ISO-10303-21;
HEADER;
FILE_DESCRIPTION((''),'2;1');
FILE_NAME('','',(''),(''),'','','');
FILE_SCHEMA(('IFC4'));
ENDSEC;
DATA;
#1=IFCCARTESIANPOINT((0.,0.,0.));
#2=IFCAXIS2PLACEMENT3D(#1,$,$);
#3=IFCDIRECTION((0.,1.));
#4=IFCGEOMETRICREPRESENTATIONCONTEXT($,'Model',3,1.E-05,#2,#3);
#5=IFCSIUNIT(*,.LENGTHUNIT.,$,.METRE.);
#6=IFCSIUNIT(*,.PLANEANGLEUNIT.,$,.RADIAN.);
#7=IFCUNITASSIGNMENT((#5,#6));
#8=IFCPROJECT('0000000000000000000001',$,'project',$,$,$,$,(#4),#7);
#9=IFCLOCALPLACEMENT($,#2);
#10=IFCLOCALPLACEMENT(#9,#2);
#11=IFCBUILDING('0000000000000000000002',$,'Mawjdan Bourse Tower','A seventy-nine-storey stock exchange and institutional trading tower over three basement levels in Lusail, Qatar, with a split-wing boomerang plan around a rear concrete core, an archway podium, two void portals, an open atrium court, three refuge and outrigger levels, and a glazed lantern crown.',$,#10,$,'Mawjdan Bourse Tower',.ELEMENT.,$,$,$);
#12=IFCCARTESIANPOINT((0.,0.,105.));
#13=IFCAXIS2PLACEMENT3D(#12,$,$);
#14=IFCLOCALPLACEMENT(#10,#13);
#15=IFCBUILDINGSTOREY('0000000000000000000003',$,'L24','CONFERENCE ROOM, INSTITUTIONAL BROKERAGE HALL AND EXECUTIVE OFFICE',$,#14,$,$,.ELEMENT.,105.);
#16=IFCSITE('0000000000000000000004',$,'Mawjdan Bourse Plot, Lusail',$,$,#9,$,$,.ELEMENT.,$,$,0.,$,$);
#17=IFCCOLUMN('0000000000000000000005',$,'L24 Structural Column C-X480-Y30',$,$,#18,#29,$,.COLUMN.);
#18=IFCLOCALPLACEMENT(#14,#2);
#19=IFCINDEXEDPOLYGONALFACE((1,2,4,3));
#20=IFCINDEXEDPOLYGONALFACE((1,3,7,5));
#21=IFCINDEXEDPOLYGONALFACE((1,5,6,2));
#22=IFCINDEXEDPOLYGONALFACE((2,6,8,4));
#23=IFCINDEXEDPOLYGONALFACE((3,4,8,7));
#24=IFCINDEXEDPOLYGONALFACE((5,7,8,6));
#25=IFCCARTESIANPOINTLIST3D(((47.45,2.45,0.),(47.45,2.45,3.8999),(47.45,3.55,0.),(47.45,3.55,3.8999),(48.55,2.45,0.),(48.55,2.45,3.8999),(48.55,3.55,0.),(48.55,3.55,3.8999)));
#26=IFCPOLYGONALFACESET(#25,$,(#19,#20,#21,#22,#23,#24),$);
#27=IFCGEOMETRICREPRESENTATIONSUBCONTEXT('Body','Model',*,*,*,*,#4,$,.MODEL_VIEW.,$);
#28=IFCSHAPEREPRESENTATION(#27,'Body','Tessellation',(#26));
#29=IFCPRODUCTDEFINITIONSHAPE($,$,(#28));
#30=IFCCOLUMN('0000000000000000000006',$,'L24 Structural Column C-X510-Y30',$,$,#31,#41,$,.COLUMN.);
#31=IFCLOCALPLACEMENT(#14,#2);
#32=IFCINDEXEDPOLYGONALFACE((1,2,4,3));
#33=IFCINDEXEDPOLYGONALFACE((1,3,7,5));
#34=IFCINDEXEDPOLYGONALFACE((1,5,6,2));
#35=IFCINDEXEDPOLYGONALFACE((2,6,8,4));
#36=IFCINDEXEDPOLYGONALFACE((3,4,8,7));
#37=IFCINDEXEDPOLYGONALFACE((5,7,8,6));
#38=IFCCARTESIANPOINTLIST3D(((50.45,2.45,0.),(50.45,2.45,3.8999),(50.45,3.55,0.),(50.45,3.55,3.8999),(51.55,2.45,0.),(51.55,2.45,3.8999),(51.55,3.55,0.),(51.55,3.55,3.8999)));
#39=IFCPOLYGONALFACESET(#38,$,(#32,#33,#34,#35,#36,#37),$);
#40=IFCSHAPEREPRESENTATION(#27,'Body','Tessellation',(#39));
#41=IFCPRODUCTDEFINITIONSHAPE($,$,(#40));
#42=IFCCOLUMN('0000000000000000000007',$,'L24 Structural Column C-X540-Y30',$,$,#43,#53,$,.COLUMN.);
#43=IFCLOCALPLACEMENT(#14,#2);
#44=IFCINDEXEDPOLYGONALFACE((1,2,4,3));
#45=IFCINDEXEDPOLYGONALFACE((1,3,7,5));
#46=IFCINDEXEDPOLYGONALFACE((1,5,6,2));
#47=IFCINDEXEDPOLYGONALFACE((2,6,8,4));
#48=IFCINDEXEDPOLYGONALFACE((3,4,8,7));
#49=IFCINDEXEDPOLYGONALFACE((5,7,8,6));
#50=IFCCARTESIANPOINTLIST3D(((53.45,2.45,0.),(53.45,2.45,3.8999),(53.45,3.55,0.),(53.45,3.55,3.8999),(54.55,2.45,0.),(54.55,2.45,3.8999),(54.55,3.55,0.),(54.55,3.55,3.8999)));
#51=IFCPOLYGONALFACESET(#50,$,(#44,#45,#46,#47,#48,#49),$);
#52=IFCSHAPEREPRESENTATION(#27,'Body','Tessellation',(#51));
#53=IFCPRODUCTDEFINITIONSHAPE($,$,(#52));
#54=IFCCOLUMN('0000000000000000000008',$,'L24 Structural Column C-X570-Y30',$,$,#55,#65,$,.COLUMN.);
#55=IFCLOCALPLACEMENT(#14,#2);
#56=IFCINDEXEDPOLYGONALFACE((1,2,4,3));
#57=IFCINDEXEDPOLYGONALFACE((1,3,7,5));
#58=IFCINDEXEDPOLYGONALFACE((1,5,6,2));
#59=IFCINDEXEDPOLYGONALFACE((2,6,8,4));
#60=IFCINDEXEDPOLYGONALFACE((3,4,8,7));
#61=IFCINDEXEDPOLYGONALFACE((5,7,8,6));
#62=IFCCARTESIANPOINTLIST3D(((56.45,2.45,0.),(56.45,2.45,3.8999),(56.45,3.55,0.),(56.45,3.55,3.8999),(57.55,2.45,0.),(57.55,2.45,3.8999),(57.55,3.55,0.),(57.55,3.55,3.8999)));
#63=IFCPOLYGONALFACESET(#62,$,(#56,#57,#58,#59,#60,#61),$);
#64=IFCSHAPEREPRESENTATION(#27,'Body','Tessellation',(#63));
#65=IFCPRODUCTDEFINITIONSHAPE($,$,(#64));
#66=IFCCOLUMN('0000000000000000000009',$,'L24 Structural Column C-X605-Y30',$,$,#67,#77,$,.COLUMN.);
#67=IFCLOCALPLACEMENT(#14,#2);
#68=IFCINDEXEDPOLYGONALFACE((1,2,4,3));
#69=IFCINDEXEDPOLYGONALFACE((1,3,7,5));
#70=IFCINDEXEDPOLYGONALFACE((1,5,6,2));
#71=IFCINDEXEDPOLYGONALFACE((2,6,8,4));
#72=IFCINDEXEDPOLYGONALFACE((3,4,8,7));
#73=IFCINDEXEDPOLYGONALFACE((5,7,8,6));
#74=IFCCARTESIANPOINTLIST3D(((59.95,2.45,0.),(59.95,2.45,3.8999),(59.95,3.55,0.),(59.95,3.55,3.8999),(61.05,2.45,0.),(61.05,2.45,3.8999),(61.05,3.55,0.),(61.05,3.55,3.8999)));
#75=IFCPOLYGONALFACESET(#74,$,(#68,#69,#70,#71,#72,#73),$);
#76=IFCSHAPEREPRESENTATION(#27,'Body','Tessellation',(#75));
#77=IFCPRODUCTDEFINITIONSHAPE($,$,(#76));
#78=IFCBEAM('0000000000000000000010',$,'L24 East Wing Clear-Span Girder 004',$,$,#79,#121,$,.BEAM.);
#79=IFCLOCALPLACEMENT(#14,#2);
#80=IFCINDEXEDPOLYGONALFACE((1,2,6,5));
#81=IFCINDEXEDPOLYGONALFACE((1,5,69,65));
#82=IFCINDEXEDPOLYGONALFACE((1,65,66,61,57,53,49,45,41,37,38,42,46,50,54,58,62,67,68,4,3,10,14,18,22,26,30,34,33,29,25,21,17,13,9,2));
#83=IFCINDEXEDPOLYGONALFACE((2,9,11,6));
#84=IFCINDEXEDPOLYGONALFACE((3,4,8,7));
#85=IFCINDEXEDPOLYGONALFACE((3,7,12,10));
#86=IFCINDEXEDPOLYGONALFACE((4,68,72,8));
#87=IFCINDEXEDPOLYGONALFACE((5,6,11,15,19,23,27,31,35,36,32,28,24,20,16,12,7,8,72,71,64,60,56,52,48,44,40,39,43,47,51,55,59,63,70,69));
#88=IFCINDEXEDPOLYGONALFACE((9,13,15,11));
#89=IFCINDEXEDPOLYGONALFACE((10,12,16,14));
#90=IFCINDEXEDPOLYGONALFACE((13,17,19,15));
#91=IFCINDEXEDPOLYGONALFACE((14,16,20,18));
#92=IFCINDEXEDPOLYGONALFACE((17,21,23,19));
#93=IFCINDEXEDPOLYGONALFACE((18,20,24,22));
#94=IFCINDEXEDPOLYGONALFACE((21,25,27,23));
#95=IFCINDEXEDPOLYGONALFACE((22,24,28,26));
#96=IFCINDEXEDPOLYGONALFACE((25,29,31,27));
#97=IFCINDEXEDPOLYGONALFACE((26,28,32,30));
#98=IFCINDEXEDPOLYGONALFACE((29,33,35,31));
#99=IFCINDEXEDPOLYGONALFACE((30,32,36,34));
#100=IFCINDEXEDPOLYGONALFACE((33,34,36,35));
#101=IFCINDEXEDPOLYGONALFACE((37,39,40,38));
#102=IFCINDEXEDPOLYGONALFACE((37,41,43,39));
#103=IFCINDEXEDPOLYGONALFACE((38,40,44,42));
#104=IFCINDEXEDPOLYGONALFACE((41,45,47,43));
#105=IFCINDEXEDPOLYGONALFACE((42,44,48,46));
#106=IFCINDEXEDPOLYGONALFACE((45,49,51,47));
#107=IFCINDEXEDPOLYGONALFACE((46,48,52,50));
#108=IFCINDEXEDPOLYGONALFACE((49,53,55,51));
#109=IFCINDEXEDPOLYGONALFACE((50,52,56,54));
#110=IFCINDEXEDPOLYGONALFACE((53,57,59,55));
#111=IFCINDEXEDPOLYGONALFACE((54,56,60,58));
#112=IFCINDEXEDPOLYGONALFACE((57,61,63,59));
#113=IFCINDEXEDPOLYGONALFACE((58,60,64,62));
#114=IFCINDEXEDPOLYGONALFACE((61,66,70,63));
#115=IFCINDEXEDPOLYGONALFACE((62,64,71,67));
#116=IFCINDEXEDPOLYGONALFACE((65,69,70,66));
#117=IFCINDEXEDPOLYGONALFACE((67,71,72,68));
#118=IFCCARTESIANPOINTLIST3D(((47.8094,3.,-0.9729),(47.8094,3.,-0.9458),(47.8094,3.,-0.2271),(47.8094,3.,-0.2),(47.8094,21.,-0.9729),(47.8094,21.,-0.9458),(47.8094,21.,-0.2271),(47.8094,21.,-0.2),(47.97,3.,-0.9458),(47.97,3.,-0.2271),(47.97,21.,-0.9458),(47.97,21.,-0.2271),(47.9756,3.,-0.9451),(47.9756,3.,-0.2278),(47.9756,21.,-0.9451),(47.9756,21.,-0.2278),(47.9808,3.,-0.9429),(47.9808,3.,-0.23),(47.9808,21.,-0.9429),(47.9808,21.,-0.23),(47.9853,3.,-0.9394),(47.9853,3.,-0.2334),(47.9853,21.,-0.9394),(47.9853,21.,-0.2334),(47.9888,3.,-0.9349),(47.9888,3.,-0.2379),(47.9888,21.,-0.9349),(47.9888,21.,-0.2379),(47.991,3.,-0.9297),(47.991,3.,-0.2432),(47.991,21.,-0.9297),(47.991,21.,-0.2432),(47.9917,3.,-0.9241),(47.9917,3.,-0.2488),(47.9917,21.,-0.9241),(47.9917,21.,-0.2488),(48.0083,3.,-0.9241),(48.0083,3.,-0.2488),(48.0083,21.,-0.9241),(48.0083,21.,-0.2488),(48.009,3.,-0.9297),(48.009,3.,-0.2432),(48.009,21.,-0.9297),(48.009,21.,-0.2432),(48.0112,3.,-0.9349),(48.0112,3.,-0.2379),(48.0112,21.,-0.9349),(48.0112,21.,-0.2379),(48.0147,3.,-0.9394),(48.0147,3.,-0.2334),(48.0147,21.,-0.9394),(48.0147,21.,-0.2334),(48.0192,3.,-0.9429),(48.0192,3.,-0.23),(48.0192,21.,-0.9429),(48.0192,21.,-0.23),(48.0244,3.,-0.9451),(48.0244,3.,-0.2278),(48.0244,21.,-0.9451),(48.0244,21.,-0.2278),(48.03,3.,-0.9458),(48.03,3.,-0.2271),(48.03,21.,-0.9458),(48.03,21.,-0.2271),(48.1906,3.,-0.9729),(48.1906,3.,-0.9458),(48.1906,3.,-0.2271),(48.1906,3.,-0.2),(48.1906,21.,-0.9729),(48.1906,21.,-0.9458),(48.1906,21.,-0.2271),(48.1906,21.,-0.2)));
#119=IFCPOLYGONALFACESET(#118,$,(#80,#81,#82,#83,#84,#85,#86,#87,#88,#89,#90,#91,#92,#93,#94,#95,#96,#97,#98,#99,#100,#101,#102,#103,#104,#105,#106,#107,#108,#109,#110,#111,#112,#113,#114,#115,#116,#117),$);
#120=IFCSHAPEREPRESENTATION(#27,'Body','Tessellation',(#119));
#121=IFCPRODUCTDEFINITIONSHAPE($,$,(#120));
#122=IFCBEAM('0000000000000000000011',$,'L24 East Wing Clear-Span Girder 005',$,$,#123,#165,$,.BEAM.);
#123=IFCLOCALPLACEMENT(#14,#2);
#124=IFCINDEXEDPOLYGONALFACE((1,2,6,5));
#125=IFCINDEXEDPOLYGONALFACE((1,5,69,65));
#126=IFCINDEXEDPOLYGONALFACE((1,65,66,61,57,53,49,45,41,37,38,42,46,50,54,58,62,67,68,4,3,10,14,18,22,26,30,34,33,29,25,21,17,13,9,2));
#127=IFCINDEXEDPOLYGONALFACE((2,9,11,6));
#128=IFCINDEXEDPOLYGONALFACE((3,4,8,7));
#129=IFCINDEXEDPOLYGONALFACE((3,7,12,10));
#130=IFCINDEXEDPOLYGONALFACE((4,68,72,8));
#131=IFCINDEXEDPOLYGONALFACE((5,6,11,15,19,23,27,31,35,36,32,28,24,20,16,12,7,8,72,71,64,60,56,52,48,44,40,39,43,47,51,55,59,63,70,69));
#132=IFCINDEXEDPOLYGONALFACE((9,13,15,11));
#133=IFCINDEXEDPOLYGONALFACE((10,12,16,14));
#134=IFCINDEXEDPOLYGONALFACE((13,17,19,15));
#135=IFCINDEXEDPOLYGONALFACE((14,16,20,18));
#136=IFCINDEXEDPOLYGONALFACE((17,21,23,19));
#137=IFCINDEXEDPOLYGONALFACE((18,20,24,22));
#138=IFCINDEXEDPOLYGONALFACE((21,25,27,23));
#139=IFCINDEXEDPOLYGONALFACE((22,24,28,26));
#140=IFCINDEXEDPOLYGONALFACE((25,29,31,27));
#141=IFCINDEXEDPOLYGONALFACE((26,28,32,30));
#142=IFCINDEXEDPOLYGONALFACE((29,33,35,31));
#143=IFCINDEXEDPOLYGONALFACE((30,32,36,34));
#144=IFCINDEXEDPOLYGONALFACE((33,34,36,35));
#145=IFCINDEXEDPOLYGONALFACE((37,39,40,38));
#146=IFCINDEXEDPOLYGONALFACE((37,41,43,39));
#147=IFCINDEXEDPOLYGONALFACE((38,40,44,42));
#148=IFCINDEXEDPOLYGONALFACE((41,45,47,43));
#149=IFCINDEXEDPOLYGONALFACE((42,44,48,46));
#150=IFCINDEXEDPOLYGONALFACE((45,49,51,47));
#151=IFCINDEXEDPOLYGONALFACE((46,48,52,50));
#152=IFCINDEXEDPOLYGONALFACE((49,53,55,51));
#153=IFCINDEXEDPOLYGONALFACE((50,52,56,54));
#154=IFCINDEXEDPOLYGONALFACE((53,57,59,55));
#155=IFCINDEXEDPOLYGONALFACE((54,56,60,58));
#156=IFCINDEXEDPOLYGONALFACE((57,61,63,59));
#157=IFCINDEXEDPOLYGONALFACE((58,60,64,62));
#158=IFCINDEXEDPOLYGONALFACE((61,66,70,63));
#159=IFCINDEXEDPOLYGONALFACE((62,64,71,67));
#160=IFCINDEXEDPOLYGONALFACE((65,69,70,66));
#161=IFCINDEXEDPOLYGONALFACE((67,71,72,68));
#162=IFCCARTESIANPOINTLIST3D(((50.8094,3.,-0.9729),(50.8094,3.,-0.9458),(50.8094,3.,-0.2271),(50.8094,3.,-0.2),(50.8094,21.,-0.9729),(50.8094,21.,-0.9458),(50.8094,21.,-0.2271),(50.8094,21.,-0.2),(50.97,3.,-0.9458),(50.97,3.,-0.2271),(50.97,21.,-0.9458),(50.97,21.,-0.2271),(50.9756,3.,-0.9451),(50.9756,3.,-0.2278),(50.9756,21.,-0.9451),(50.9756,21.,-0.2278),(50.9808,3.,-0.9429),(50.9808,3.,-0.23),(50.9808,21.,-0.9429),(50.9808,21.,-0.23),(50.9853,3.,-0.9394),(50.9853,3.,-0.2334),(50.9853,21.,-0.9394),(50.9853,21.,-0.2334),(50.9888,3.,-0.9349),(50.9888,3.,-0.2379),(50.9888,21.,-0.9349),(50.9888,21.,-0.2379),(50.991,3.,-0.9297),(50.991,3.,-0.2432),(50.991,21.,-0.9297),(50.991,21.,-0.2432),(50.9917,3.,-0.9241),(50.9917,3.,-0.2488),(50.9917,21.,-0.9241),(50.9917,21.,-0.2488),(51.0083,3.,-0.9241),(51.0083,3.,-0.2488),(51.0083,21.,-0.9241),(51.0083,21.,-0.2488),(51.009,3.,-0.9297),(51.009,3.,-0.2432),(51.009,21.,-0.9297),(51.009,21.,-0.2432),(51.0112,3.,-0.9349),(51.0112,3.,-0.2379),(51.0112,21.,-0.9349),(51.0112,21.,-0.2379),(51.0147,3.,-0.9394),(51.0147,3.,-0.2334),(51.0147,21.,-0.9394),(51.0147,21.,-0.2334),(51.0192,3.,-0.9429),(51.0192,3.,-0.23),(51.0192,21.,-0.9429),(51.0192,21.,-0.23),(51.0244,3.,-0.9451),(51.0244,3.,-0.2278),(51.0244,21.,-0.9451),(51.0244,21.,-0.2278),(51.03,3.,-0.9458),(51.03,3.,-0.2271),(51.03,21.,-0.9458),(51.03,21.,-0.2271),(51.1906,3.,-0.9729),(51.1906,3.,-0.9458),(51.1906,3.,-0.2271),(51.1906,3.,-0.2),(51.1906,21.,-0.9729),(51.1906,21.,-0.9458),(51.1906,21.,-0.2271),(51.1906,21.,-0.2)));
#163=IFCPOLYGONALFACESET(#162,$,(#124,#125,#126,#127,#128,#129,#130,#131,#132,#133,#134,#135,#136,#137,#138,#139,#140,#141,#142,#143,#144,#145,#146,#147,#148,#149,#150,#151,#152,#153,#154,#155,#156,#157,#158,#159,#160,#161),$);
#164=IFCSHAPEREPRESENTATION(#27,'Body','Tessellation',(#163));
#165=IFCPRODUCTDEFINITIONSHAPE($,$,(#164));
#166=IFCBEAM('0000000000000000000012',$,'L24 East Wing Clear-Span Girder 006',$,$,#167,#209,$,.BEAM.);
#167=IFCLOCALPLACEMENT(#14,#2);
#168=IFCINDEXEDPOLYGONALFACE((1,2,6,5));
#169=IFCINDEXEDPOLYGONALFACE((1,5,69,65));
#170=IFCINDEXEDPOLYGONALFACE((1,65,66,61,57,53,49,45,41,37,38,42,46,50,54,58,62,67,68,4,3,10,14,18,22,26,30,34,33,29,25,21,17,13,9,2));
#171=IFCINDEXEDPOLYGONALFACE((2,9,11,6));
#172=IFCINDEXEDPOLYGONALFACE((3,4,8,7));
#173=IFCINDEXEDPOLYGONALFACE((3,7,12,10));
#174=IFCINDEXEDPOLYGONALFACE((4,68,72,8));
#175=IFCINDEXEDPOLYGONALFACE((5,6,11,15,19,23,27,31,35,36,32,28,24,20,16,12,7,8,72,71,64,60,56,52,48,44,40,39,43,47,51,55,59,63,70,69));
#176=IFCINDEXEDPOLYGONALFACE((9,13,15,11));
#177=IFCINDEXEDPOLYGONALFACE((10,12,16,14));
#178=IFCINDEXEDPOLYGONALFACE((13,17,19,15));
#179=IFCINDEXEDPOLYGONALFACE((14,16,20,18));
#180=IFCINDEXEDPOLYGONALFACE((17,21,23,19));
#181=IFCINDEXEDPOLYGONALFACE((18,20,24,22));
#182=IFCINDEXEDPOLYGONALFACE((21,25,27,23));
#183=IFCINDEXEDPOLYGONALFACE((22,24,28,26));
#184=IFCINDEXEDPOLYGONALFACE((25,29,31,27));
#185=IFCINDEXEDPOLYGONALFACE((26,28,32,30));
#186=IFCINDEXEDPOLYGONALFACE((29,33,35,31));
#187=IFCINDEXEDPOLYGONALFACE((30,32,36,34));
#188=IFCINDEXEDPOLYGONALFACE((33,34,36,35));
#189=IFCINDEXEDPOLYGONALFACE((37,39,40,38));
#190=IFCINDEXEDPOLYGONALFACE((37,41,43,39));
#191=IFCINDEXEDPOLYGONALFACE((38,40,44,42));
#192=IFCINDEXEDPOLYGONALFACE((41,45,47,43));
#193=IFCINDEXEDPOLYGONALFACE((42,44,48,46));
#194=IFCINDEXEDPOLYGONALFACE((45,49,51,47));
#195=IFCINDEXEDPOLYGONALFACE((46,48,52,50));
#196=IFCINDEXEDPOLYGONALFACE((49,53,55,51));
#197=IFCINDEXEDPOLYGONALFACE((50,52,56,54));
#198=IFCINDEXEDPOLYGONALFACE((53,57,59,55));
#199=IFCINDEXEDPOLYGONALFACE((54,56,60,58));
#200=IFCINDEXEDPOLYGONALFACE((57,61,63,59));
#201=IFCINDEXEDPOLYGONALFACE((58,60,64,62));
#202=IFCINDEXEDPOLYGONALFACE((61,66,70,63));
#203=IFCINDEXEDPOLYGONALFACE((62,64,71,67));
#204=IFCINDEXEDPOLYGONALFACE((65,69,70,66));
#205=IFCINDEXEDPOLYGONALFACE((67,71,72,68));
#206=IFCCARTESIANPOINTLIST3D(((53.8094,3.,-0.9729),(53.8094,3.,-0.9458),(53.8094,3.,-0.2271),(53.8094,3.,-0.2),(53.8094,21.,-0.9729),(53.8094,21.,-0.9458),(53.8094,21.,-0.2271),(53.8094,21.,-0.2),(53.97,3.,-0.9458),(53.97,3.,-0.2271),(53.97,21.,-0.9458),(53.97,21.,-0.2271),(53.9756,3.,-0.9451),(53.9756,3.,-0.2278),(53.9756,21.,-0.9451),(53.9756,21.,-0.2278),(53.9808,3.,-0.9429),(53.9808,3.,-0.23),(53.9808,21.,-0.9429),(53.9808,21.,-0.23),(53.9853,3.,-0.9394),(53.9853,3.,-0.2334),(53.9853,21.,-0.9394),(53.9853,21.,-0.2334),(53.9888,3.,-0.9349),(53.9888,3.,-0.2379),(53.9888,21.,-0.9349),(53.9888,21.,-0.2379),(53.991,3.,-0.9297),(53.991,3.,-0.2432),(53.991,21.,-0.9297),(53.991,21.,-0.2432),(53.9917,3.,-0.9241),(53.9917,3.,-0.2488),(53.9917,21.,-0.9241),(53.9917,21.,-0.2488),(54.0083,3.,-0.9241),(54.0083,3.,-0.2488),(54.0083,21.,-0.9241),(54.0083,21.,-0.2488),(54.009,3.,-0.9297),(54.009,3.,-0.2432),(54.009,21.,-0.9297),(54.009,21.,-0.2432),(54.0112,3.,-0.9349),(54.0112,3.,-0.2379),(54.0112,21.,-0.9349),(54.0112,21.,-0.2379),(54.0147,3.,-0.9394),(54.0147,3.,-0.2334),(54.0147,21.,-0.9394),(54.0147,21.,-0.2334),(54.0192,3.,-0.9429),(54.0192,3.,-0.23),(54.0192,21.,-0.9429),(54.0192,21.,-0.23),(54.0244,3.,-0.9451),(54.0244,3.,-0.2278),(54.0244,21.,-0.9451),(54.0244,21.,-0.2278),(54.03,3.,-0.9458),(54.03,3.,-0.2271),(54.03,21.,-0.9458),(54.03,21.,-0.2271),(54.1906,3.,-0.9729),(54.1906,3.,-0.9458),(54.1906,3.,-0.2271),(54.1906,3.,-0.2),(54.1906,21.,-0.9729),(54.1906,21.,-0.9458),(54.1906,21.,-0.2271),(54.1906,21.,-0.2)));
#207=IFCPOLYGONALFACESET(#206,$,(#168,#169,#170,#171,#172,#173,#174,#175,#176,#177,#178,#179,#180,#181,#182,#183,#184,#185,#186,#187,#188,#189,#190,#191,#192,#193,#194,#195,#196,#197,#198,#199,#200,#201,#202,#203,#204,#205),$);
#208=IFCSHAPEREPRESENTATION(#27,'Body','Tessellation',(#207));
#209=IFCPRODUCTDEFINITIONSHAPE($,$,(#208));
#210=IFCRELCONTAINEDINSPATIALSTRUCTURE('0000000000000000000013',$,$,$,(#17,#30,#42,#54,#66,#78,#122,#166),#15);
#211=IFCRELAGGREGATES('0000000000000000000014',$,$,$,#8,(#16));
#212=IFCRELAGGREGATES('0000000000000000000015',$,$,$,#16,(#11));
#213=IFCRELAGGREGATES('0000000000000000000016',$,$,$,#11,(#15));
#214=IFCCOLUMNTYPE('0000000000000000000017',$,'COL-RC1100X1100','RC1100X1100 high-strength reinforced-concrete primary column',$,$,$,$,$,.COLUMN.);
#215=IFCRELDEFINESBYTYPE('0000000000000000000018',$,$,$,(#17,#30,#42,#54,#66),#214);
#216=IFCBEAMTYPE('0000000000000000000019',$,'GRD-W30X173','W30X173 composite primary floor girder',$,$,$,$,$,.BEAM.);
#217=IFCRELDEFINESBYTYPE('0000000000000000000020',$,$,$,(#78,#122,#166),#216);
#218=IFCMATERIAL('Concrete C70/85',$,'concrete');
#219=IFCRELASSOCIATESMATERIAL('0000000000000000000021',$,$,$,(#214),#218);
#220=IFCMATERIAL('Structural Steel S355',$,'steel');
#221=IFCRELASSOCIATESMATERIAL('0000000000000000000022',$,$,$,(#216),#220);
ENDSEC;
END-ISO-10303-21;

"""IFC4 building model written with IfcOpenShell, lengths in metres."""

from ifc_helpers import new_model, si_unit, direction, frame, origin, origin_2d, place, context, subcontext, project, spatial, rectangle, i_section, extrude, material, material_profile, profile_set, type_object, element, save


model = new_model("IFC4")

# Units and contexts
model_context = context("Model", 3, precision=1e-05, world=origin(), true_north=direction((0.0, 1.0)))
body_context = subcontext(model_context, "Body", "Model", "MODEL_VIEW")
ifc_project = project(units=[si_unit("LENGTHUNIT", "METRE"), si_unit("PLANEANGLEUNIT", "RADIAN")], contexts=[model_context])

# Site, building, storey
site_placement = place(None, origin())
site = spatial("IfcSite", under=ifc_project, at=site_placement, Name="Mawjdan Bourse Plot, Lusail", CompositionType="ELEMENT", RefElevation=0.0)
building_placement = place(site_placement, origin())
building = spatial("IfcBuilding", under=site, at=building_placement, Name="Mawjdan Bourse Tower", Description="A seventy-nine-storey stock exchange and institutional trading tower over three basement levels in Lusail, Qatar, with a split-wing boomerang plan around a rear concrete core, an archway podium, two void portals, an open atrium court, three refuge and outrigger levels, and a glazed lantern crown.", LongName="Mawjdan Bourse Tower", CompositionType="ELEMENT")
storey_placement = place(building_placement, frame((0.0, 0.0, 105.0)))
storey = spatial("IfcBuildingStorey", under=building, at=storey_placement, Name="L24", Description="CONFERENCE ROOM, INSTITUTIONAL BROKERAGE HALL AND EXECUTIVE OFFICE", CompositionType="ELEMENT", Elevation=105.0)

# Columns
ifc_material_1 = material(Name="Concrete C70/85", Category="concrete")
ifc_material_profile_1 = material_profile(ifc_material_1, rectangle(XDim=1.1001, YDim=1.1001, at=origin_2d()), Name="RC1100X1100")
ifc_profile_set_1 = profile_set([ifc_material_profile_1], Name="Concrete C70/85")
column_type = type_object("IfcColumnType", Name="COL-RC1100X1100", Description="RC1100X1100 high-strength reinforced-concrete primary column", PredefinedType="COLUMN", material=ifc_profile_set_1)
for number, where, z_axis, x_axis, name in (
    (1, (48.0, 3.0, 0.0), (0.0, 0.0, 1.0), (1.0, 0.0, 0.0), "L24 Structural Column C-X480-Y30"),
    (2, (51.0, 3.0, 0.0), (0.0, 0.0, 1.0), (1.0, 0.0, 0.0), "L24 Structural Column C-X510-Y30"),
    (3, (54.0, 3.0, 0.0), (0.0, 0.0, 1.0), (1.0, 0.0, 0.0), "L24 Structural Column C-X540-Y30"),
    (4, (57.0, 3.0, 0.0), (0.0, 0.0, 1.0), (1.0, 0.0, 0.0), "L24 Structural Column C-X570-Y30"),
    (5, (60.5, 3.0, 0.0), (0.0, 0.0, 1.0), (1.0, 0.0, 0.0), "L24 Structural Column C-X605-Y30"),
):
    element("IfcColumn", number, at=place(storey_placement, frame(where, z_axis=z_axis, x_axis=x_axis)), inside=storey, type_object=column_type, Name=name, PredefinedType="COLUMN", context=body_context, shape_type="SweptSolid", body=[
        extrude(rectangle(XDim=1.1001, YDim=1.1001, at=origin_2d()), origin(), (0.0, 0.0, 1.0), 3.8999),
    ])

# Beams
ifc_material_2 = material(Name="Structural Steel S355", Category="steel")
ifc_material_profile_2 = material_profile(ifc_material_2, i_section(OverallWidth=0.3811, OverallDepth=0.7729, WebThickness=0.0166, FlangeThickness=0.0271, FilletRadius=0.0217, at=origin_2d()), Name="W30X173")
ifc_profile_set_2 = profile_set([ifc_material_profile_2], Name="Structural Steel S355")
beam_type_1 = type_object("IfcBeamType", Name="GRD-W30X173", Description="W30X173 composite primary floor girder", PredefinedType="BEAM", material=ifc_profile_set_2)
for number, where, z_axis, x_axis, name in (
    (6, (48.0, 3.0, -0.5864), (0.0, 1.0, 0.0), (-1.0, 0.0, 0.0), "L24 East Wing Clear-Span Girder 004"),
    (7, (51.0, 3.0, -0.5864), (0.0, 1.0, 0.0), (-1.0, 0.0, 0.0), "L24 East Wing Clear-Span Girder 005"),
    (8, (54.0, 3.0, -0.5864), (0.0, 1.0, 0.0), (-1.0, 0.0, 0.0), "L24 East Wing Clear-Span Girder 006"),
):
    element("IfcBeam", number, at=place(storey_placement, frame(where, z_axis=z_axis, x_axis=x_axis)), inside=storey, type_object=beam_type_1, Name=name, PredefinedType="BEAM", context=body_context, shape_type="SweptSolid", body=[
        extrude(i_section(OverallWidth=0.3811, OverallDepth=0.7729, WebThickness=0.0166, FlangeThickness=0.0271, FilletRadius=0.0217, at=origin_2d()), origin(), (0.0, 0.0, 1.0), 18.0),
    ])

save(model, "model.ifc")
